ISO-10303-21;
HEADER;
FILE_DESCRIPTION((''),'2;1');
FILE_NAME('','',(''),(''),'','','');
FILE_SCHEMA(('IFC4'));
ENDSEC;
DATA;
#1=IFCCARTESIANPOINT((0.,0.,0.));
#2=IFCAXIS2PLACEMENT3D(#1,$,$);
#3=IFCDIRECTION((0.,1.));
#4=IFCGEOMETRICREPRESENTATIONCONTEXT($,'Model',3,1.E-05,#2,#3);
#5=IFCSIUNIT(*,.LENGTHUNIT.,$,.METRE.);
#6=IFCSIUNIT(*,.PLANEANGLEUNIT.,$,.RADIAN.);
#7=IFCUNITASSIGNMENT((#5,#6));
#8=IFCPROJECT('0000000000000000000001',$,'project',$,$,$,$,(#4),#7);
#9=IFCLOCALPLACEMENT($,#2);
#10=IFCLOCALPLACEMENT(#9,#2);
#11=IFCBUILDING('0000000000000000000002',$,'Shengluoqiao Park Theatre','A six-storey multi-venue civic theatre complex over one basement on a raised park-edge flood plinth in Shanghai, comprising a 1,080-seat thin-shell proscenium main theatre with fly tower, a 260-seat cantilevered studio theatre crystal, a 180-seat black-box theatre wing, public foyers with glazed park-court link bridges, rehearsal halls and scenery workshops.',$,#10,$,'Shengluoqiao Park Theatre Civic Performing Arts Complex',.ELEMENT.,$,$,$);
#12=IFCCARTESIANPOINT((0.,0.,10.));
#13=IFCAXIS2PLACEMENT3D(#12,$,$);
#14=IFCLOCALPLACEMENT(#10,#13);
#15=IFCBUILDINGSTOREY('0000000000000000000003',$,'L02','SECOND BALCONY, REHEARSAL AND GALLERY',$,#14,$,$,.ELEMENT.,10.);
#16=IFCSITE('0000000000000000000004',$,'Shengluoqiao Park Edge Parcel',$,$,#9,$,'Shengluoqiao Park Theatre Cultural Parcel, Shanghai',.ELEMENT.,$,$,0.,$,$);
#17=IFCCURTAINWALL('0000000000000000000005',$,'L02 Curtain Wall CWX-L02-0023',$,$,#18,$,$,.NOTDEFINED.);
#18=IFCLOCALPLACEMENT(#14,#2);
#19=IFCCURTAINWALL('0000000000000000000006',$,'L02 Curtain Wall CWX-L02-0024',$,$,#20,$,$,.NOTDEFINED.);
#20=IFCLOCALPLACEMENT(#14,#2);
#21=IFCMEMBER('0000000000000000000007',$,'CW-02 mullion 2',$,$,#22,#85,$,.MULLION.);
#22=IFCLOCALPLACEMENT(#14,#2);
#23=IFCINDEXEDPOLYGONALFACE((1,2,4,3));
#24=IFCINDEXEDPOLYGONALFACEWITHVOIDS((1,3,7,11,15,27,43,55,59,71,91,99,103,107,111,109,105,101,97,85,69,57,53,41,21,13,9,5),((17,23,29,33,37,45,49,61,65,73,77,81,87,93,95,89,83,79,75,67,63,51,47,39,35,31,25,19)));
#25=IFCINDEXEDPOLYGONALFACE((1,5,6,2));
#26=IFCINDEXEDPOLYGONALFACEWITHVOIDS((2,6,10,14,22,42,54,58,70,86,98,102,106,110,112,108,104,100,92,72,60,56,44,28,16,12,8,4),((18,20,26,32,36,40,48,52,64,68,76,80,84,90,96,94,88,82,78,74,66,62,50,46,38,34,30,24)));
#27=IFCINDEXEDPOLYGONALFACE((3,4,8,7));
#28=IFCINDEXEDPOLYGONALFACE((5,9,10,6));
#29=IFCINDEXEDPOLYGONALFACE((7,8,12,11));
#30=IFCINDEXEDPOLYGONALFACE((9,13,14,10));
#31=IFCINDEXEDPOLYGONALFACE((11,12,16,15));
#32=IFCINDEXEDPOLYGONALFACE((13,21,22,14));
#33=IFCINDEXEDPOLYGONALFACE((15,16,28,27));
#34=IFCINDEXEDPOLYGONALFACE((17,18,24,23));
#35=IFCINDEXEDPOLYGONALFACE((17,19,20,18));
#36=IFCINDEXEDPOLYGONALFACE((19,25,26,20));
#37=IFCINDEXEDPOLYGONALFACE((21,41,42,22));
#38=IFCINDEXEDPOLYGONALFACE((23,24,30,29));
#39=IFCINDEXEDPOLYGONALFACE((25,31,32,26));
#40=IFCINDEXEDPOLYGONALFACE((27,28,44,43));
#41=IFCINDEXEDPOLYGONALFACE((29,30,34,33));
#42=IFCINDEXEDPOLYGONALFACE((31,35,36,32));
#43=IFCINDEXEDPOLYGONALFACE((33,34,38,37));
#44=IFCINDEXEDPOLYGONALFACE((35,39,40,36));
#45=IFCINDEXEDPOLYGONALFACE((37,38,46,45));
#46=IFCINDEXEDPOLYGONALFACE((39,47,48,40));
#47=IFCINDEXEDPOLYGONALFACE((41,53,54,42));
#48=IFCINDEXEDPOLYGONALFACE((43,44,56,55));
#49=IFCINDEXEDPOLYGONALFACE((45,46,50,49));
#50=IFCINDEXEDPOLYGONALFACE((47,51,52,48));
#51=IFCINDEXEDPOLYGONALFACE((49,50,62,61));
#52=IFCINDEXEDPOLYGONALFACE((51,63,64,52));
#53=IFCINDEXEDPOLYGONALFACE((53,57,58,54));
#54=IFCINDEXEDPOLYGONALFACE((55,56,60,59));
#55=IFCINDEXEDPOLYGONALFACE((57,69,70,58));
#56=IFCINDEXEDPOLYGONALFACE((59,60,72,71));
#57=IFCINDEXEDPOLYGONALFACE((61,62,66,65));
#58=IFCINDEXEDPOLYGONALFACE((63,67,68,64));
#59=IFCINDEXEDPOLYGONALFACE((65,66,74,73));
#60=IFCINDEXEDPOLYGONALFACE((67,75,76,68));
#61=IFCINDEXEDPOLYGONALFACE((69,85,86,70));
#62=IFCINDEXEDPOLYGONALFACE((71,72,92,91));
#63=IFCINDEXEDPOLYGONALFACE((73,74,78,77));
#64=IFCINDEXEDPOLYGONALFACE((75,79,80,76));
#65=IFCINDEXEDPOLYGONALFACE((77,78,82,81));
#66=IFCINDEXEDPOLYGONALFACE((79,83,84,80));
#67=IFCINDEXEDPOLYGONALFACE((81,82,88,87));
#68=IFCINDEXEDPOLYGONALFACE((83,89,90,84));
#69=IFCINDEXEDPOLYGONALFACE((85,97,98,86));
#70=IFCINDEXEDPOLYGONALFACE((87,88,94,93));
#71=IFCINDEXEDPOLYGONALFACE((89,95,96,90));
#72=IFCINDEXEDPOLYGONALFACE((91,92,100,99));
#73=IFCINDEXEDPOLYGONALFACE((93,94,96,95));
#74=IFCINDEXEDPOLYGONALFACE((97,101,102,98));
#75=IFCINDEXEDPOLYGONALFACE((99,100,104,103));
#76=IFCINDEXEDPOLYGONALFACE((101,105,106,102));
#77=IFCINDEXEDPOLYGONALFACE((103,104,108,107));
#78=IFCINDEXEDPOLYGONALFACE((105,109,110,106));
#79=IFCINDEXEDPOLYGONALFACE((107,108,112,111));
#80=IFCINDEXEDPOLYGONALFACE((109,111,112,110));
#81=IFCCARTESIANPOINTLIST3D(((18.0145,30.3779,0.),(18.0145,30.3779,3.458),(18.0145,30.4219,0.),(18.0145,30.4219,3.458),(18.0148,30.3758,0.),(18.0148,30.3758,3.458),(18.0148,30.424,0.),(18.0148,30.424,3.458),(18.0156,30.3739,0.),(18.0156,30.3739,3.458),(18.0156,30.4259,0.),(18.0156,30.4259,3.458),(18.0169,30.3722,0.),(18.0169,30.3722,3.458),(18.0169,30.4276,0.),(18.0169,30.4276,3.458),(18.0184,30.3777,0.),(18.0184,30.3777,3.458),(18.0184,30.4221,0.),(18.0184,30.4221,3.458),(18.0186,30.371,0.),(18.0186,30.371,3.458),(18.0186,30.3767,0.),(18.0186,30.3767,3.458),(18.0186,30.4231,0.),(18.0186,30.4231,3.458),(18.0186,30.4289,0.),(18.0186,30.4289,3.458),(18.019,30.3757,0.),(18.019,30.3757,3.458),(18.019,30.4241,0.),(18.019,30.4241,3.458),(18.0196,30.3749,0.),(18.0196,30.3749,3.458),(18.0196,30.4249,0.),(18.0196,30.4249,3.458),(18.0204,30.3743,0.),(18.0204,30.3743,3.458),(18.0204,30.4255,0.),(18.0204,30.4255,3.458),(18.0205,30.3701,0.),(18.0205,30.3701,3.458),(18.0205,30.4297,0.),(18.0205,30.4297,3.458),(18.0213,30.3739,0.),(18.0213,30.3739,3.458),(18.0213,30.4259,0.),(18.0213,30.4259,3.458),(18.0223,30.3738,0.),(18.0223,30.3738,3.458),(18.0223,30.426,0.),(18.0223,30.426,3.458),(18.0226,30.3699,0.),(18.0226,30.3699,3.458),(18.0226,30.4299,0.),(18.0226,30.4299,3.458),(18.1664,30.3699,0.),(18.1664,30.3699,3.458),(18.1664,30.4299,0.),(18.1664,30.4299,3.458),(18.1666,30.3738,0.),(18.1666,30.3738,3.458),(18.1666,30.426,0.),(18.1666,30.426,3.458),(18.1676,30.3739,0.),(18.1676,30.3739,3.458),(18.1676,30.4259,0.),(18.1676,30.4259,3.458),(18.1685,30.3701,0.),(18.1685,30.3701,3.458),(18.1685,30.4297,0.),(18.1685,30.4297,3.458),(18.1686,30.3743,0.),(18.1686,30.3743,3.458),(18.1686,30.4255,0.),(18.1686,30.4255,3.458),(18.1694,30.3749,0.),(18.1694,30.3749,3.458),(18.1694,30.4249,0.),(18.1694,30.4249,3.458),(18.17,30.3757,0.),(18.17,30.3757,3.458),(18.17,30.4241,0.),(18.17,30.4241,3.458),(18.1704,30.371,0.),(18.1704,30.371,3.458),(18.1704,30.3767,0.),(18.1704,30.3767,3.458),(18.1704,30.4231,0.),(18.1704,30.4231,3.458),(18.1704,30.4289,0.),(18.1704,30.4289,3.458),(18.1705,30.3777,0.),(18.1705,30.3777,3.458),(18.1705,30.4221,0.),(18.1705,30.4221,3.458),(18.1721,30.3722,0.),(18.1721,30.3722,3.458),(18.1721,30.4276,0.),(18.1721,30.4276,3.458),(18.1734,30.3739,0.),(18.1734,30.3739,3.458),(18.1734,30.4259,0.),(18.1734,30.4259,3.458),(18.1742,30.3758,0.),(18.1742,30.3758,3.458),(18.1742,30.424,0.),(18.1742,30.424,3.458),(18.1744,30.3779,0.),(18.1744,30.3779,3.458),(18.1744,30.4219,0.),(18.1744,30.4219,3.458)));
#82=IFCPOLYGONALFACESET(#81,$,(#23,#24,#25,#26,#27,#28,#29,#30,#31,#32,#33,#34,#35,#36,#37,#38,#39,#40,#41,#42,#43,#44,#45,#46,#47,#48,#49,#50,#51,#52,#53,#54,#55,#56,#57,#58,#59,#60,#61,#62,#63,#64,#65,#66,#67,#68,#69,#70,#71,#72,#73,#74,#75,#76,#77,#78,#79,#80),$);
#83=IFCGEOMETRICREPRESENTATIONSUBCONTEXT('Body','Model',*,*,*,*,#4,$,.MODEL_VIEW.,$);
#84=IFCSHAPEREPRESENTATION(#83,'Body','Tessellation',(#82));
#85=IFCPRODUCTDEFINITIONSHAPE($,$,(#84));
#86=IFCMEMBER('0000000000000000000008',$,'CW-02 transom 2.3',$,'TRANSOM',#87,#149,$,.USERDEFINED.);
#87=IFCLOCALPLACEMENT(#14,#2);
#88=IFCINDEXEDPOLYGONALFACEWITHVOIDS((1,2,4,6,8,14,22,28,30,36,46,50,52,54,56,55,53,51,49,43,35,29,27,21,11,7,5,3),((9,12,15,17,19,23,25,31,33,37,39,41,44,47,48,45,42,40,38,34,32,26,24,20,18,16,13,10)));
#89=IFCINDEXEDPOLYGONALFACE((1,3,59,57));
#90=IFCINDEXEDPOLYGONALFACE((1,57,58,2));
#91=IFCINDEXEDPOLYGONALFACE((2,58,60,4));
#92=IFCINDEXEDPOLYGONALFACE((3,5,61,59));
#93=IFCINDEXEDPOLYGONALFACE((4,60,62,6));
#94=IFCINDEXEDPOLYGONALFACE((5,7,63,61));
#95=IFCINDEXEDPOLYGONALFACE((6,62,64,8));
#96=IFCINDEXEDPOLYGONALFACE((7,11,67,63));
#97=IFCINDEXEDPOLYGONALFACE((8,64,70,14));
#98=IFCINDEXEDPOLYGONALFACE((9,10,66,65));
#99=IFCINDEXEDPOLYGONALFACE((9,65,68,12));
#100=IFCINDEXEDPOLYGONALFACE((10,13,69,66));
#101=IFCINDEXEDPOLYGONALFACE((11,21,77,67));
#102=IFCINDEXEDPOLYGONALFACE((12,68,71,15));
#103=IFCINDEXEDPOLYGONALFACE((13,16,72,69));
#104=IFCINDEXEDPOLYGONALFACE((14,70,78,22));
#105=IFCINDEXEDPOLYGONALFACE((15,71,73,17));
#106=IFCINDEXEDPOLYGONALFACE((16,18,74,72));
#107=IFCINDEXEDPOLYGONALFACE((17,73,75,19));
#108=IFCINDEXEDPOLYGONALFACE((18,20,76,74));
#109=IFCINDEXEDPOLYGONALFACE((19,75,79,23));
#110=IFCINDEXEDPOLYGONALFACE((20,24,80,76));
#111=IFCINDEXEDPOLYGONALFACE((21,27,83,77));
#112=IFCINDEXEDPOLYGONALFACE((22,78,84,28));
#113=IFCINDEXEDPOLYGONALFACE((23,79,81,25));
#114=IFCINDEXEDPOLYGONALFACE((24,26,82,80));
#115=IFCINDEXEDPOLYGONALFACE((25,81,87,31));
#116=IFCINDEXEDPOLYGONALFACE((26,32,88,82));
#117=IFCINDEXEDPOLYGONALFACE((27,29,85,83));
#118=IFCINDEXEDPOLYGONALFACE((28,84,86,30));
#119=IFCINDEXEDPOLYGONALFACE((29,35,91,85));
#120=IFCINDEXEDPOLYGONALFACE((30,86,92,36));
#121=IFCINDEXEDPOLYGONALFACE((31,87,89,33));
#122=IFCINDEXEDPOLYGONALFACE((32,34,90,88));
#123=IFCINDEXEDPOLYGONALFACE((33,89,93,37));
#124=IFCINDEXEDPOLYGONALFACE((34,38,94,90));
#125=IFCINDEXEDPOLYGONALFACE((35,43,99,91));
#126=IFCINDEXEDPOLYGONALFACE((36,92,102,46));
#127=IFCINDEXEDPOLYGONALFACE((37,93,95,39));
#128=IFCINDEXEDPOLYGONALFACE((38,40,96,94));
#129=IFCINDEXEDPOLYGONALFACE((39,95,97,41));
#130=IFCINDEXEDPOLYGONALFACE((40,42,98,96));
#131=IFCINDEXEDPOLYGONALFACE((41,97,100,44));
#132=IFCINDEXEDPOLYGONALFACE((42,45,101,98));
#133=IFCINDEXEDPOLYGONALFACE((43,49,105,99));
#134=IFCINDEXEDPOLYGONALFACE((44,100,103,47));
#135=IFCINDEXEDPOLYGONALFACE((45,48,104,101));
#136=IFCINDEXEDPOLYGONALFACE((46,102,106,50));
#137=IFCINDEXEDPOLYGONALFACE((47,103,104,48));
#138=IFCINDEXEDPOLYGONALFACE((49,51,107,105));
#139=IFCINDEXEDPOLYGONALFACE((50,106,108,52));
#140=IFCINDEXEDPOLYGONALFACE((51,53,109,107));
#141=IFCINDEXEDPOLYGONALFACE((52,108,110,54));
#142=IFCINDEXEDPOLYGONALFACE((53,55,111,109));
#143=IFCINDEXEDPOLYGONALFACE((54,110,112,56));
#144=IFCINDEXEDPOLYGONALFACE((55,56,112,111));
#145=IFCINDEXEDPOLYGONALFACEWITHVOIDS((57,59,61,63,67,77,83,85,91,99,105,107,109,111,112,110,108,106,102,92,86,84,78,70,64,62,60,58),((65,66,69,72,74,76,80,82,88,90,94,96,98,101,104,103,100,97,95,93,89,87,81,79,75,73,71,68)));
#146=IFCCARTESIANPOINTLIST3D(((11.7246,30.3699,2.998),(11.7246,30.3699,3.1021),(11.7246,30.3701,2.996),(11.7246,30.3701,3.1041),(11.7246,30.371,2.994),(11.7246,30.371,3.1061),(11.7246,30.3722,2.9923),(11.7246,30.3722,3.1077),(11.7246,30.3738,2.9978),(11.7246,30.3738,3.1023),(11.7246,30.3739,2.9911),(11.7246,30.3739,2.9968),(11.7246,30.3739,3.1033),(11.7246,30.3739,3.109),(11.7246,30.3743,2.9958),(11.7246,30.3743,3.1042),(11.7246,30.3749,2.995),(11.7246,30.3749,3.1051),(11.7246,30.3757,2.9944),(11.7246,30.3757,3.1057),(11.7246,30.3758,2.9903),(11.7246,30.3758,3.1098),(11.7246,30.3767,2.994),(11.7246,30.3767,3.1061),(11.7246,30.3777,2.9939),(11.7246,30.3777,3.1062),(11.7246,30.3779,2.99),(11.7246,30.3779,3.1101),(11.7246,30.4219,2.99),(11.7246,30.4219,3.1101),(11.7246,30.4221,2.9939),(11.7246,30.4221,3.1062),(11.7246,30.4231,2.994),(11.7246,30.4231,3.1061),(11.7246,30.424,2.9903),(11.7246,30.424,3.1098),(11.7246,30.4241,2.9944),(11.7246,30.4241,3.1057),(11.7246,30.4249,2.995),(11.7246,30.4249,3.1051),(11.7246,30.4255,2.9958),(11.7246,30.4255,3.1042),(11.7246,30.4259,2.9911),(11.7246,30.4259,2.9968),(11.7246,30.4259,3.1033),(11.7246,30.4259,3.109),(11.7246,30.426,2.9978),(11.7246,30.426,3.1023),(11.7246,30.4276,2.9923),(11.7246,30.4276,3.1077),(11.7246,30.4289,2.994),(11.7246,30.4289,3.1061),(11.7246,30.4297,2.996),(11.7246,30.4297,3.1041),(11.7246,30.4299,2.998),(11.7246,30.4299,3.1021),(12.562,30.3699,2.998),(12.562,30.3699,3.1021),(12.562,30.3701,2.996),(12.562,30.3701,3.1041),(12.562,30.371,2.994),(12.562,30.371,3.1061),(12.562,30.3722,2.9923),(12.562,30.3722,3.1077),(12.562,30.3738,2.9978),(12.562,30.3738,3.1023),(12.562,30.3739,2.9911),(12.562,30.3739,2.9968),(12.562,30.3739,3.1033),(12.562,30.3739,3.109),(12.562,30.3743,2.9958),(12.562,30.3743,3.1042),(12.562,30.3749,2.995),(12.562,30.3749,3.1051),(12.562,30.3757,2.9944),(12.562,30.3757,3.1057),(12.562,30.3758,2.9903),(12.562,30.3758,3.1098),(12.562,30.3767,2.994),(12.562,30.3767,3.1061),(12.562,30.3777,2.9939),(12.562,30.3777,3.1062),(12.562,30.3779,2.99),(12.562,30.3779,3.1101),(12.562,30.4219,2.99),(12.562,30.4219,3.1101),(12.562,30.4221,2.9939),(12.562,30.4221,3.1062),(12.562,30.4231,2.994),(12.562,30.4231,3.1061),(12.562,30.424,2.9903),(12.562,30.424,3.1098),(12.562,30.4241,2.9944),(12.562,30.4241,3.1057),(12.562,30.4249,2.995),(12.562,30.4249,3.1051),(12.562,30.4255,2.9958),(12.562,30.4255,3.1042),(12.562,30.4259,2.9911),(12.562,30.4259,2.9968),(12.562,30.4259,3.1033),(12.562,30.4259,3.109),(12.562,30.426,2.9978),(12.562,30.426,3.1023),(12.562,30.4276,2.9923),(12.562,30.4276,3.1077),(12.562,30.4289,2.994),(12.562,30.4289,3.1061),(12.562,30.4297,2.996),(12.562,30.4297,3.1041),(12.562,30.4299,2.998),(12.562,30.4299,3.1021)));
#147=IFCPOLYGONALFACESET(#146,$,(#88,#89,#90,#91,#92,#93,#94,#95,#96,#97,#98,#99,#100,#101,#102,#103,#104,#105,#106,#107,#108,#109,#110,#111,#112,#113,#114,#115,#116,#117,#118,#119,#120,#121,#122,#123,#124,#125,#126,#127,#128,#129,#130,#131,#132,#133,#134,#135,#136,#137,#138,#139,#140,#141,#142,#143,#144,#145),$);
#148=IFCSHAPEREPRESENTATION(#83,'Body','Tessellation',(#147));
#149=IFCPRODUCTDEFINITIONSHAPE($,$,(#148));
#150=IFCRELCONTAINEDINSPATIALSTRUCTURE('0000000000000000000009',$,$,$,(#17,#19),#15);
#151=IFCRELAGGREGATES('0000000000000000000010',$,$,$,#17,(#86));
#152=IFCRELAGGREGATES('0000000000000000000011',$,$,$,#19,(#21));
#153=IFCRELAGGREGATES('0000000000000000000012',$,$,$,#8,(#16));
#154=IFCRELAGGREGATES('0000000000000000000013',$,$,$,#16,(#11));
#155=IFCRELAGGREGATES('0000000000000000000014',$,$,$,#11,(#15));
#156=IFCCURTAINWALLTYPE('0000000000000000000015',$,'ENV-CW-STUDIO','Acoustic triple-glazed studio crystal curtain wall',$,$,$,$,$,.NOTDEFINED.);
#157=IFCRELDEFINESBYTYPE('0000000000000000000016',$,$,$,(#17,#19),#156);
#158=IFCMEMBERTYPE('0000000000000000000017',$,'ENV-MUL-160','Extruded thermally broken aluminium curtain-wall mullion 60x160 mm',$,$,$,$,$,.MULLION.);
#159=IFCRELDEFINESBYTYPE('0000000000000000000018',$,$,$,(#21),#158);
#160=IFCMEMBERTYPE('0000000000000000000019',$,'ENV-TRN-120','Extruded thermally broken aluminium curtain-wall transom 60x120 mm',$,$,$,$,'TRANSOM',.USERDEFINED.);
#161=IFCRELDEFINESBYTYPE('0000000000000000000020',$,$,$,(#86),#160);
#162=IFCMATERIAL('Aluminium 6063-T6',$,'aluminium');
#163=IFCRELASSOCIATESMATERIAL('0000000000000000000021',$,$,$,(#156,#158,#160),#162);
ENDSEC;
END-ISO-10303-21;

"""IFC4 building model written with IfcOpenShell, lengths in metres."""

from ifc_helpers import new_model, si_unit, direction, frame, origin, origin_2d, place, context, subcontext, project, spatial, hollow_rectangle, extrude, material, material_profile, profile_set, type_object, element, aggregate, save


model = new_model("IFC4")

# Units and contexts
model_context = context("Model", 3, precision=1e-05, world=origin(), true_north=direction((0.0, 1.0)))
body_context = subcontext(model_context, "Body", "Model", "MODEL_VIEW")
ifc_project = project(units=[si_unit("LENGTHUNIT", "METRE"), si_unit("PLANEANGLEUNIT", "RADIAN")], contexts=[model_context])

# Site, building, storey
site_placement = place(None, origin())
site = spatial("IfcSite", under=ifc_project, at=site_placement, Name="Shengluoqiao Park Edge Parcel", LongName="Shengluoqiao Park Theatre Cultural Parcel, Shanghai", CompositionType="ELEMENT", RefElevation=0.0)
building_placement = place(site_placement, origin())
building = spatial("IfcBuilding", under=site, at=building_placement, Name="Shengluoqiao Park Theatre", Description="A six-storey multi-venue civic theatre complex over one basement on a raised park-edge flood plinth in Shanghai, comprising a 1,080-seat thin-shell proscenium main theatre with fly tower, a 260-seat cantilevered studio theatre crystal, a 180-seat black-box theatre wing, public foyers with glazed park-court link bridges, rehearsal halls and scenery workshops.", LongName="Shengluoqiao Park Theatre Civic Performing Arts Complex", CompositionType="ELEMENT")
storey_placement = place(building_placement, frame((0.0, 0.0, 10.0)))
storey = spatial("IfcBuildingStorey", under=building, at=storey_placement, Name="L02", Description="SECOND BALCONY, REHEARSAL AND GALLERY", CompositionType="ELEMENT", Elevation=10.0)

# Curtain wall
ifc_material_1 = material(Name="Aluminium 6063-T6", Category="aluminium")
curtain_wall_type = type_object("IfcCurtainWallType", Name="ENV-CW-STUDIO", Description="Acoustic triple-glazed studio crystal curtain wall", PredefinedType="NOTDEFINED", material=ifc_material_1)
curtain_wall_1_placement = place(storey_placement, origin())
curtain_wall_1 = element("IfcCurtainWall", 1, at=curtain_wall_1_placement, inside=storey, type_object=curtain_wall_type, Name="L02 Curtain Wall CWX-L02-0023", PredefinedType="NOTDEFINED")
ifc_material_profile_1 = material_profile(ifc_material_1, hollow_rectangle(XDim=0.0601, YDim=0.1599, WallThickness=0.0039, InnerFilletRadius=0.0039, OuterFilletRadius=0.0081, at=origin_2d()), Name="ALU MULLION 160x60x4")
ifc_profile_set_1 = profile_set([ifc_material_profile_1], Name="Aluminium 6063-T6")
member_type_1 = type_object("IfcMemberType", Name="ENV-MUL-160", Description="Extruded thermally broken aluminium curtain-wall mullion 60x160 mm", PredefinedType="MULLION", material=ifc_profile_set_1)

# Curtain wall, member
curtain_wall_2_placement = place(storey_placement, origin())
curtain_wall_2 = element("IfcCurtainWall", 2, at=curtain_wall_2_placement, inside=storey, type_object=curtain_wall_type, Name="L02 Curtain Wall CWX-L02-0024", PredefinedType="NOTDEFINED")
member_1_placement = place(storey_placement, frame((18.0945, 30.3999, 0.0), z_axis=(0.0, 0.0, 1.0), x_axis=(0.0, 1.0, 0.0)))
member_1 = element("IfcMember", 3, at=member_1_placement, type_object=member_type_1, Name="CW-02 mullion 2", PredefinedType="MULLION", context=body_context, shape_type="SweptSolid", body=[
    extrude(hollow_rectangle(XDim=0.0601, YDim=0.1599, WallThickness=0.0039, InnerFilletRadius=0.0039, OuterFilletRadius=0.0081, at=origin_2d()), origin(), (0.0, 0.0, 1.0), 3.458),
])

# Member
ifc_material_profile_2 = material_profile(ifc_material_1, hollow_rectangle(XDim=0.0601, YDim=0.1201, WallThickness=0.0039, InnerFilletRadius=0.0039, OuterFilletRadius=0.0081, at=origin_2d()), Name="ALU TRANSOM 120x60x4")
ifc_profile_set_2 = profile_set([ifc_material_profile_2], Name="Aluminium 6063-T6")
member_type_2 = type_object("IfcMemberType", Name="ENV-TRN-120", Description="Extruded thermally broken aluminium curtain-wall transom 60x120 mm", ElementType="TRANSOM", PredefinedType="USERDEFINED", material=ifc_profile_set_2)
member_2_placement = place(storey_placement, frame((11.7246, 30.3999, 3.05), z_axis=(1.0, 0.0, 0.0), x_axis=(0.0, 1.0, 0.0)))
member_2 = element("IfcMember", 4, at=member_2_placement, type_object=member_type_2, Name="CW-02 transom 2.3", ObjectType="TRANSOM", PredefinedType="USERDEFINED", context=body_context, shape_type="SweptSolid", body=[
    extrude(hollow_rectangle(XDim=0.0601, YDim=0.1201, WallThickness=0.0039, InnerFilletRadius=0.0039, OuterFilletRadius=0.0081, at=origin_2d()), origin(), (0.0, 0.0, 1.0), 0.8374),
])

aggregate(curtain_wall_1, [member_2])
aggregate(curtain_wall_2, [member_1])

save(model, "model.ifc")
